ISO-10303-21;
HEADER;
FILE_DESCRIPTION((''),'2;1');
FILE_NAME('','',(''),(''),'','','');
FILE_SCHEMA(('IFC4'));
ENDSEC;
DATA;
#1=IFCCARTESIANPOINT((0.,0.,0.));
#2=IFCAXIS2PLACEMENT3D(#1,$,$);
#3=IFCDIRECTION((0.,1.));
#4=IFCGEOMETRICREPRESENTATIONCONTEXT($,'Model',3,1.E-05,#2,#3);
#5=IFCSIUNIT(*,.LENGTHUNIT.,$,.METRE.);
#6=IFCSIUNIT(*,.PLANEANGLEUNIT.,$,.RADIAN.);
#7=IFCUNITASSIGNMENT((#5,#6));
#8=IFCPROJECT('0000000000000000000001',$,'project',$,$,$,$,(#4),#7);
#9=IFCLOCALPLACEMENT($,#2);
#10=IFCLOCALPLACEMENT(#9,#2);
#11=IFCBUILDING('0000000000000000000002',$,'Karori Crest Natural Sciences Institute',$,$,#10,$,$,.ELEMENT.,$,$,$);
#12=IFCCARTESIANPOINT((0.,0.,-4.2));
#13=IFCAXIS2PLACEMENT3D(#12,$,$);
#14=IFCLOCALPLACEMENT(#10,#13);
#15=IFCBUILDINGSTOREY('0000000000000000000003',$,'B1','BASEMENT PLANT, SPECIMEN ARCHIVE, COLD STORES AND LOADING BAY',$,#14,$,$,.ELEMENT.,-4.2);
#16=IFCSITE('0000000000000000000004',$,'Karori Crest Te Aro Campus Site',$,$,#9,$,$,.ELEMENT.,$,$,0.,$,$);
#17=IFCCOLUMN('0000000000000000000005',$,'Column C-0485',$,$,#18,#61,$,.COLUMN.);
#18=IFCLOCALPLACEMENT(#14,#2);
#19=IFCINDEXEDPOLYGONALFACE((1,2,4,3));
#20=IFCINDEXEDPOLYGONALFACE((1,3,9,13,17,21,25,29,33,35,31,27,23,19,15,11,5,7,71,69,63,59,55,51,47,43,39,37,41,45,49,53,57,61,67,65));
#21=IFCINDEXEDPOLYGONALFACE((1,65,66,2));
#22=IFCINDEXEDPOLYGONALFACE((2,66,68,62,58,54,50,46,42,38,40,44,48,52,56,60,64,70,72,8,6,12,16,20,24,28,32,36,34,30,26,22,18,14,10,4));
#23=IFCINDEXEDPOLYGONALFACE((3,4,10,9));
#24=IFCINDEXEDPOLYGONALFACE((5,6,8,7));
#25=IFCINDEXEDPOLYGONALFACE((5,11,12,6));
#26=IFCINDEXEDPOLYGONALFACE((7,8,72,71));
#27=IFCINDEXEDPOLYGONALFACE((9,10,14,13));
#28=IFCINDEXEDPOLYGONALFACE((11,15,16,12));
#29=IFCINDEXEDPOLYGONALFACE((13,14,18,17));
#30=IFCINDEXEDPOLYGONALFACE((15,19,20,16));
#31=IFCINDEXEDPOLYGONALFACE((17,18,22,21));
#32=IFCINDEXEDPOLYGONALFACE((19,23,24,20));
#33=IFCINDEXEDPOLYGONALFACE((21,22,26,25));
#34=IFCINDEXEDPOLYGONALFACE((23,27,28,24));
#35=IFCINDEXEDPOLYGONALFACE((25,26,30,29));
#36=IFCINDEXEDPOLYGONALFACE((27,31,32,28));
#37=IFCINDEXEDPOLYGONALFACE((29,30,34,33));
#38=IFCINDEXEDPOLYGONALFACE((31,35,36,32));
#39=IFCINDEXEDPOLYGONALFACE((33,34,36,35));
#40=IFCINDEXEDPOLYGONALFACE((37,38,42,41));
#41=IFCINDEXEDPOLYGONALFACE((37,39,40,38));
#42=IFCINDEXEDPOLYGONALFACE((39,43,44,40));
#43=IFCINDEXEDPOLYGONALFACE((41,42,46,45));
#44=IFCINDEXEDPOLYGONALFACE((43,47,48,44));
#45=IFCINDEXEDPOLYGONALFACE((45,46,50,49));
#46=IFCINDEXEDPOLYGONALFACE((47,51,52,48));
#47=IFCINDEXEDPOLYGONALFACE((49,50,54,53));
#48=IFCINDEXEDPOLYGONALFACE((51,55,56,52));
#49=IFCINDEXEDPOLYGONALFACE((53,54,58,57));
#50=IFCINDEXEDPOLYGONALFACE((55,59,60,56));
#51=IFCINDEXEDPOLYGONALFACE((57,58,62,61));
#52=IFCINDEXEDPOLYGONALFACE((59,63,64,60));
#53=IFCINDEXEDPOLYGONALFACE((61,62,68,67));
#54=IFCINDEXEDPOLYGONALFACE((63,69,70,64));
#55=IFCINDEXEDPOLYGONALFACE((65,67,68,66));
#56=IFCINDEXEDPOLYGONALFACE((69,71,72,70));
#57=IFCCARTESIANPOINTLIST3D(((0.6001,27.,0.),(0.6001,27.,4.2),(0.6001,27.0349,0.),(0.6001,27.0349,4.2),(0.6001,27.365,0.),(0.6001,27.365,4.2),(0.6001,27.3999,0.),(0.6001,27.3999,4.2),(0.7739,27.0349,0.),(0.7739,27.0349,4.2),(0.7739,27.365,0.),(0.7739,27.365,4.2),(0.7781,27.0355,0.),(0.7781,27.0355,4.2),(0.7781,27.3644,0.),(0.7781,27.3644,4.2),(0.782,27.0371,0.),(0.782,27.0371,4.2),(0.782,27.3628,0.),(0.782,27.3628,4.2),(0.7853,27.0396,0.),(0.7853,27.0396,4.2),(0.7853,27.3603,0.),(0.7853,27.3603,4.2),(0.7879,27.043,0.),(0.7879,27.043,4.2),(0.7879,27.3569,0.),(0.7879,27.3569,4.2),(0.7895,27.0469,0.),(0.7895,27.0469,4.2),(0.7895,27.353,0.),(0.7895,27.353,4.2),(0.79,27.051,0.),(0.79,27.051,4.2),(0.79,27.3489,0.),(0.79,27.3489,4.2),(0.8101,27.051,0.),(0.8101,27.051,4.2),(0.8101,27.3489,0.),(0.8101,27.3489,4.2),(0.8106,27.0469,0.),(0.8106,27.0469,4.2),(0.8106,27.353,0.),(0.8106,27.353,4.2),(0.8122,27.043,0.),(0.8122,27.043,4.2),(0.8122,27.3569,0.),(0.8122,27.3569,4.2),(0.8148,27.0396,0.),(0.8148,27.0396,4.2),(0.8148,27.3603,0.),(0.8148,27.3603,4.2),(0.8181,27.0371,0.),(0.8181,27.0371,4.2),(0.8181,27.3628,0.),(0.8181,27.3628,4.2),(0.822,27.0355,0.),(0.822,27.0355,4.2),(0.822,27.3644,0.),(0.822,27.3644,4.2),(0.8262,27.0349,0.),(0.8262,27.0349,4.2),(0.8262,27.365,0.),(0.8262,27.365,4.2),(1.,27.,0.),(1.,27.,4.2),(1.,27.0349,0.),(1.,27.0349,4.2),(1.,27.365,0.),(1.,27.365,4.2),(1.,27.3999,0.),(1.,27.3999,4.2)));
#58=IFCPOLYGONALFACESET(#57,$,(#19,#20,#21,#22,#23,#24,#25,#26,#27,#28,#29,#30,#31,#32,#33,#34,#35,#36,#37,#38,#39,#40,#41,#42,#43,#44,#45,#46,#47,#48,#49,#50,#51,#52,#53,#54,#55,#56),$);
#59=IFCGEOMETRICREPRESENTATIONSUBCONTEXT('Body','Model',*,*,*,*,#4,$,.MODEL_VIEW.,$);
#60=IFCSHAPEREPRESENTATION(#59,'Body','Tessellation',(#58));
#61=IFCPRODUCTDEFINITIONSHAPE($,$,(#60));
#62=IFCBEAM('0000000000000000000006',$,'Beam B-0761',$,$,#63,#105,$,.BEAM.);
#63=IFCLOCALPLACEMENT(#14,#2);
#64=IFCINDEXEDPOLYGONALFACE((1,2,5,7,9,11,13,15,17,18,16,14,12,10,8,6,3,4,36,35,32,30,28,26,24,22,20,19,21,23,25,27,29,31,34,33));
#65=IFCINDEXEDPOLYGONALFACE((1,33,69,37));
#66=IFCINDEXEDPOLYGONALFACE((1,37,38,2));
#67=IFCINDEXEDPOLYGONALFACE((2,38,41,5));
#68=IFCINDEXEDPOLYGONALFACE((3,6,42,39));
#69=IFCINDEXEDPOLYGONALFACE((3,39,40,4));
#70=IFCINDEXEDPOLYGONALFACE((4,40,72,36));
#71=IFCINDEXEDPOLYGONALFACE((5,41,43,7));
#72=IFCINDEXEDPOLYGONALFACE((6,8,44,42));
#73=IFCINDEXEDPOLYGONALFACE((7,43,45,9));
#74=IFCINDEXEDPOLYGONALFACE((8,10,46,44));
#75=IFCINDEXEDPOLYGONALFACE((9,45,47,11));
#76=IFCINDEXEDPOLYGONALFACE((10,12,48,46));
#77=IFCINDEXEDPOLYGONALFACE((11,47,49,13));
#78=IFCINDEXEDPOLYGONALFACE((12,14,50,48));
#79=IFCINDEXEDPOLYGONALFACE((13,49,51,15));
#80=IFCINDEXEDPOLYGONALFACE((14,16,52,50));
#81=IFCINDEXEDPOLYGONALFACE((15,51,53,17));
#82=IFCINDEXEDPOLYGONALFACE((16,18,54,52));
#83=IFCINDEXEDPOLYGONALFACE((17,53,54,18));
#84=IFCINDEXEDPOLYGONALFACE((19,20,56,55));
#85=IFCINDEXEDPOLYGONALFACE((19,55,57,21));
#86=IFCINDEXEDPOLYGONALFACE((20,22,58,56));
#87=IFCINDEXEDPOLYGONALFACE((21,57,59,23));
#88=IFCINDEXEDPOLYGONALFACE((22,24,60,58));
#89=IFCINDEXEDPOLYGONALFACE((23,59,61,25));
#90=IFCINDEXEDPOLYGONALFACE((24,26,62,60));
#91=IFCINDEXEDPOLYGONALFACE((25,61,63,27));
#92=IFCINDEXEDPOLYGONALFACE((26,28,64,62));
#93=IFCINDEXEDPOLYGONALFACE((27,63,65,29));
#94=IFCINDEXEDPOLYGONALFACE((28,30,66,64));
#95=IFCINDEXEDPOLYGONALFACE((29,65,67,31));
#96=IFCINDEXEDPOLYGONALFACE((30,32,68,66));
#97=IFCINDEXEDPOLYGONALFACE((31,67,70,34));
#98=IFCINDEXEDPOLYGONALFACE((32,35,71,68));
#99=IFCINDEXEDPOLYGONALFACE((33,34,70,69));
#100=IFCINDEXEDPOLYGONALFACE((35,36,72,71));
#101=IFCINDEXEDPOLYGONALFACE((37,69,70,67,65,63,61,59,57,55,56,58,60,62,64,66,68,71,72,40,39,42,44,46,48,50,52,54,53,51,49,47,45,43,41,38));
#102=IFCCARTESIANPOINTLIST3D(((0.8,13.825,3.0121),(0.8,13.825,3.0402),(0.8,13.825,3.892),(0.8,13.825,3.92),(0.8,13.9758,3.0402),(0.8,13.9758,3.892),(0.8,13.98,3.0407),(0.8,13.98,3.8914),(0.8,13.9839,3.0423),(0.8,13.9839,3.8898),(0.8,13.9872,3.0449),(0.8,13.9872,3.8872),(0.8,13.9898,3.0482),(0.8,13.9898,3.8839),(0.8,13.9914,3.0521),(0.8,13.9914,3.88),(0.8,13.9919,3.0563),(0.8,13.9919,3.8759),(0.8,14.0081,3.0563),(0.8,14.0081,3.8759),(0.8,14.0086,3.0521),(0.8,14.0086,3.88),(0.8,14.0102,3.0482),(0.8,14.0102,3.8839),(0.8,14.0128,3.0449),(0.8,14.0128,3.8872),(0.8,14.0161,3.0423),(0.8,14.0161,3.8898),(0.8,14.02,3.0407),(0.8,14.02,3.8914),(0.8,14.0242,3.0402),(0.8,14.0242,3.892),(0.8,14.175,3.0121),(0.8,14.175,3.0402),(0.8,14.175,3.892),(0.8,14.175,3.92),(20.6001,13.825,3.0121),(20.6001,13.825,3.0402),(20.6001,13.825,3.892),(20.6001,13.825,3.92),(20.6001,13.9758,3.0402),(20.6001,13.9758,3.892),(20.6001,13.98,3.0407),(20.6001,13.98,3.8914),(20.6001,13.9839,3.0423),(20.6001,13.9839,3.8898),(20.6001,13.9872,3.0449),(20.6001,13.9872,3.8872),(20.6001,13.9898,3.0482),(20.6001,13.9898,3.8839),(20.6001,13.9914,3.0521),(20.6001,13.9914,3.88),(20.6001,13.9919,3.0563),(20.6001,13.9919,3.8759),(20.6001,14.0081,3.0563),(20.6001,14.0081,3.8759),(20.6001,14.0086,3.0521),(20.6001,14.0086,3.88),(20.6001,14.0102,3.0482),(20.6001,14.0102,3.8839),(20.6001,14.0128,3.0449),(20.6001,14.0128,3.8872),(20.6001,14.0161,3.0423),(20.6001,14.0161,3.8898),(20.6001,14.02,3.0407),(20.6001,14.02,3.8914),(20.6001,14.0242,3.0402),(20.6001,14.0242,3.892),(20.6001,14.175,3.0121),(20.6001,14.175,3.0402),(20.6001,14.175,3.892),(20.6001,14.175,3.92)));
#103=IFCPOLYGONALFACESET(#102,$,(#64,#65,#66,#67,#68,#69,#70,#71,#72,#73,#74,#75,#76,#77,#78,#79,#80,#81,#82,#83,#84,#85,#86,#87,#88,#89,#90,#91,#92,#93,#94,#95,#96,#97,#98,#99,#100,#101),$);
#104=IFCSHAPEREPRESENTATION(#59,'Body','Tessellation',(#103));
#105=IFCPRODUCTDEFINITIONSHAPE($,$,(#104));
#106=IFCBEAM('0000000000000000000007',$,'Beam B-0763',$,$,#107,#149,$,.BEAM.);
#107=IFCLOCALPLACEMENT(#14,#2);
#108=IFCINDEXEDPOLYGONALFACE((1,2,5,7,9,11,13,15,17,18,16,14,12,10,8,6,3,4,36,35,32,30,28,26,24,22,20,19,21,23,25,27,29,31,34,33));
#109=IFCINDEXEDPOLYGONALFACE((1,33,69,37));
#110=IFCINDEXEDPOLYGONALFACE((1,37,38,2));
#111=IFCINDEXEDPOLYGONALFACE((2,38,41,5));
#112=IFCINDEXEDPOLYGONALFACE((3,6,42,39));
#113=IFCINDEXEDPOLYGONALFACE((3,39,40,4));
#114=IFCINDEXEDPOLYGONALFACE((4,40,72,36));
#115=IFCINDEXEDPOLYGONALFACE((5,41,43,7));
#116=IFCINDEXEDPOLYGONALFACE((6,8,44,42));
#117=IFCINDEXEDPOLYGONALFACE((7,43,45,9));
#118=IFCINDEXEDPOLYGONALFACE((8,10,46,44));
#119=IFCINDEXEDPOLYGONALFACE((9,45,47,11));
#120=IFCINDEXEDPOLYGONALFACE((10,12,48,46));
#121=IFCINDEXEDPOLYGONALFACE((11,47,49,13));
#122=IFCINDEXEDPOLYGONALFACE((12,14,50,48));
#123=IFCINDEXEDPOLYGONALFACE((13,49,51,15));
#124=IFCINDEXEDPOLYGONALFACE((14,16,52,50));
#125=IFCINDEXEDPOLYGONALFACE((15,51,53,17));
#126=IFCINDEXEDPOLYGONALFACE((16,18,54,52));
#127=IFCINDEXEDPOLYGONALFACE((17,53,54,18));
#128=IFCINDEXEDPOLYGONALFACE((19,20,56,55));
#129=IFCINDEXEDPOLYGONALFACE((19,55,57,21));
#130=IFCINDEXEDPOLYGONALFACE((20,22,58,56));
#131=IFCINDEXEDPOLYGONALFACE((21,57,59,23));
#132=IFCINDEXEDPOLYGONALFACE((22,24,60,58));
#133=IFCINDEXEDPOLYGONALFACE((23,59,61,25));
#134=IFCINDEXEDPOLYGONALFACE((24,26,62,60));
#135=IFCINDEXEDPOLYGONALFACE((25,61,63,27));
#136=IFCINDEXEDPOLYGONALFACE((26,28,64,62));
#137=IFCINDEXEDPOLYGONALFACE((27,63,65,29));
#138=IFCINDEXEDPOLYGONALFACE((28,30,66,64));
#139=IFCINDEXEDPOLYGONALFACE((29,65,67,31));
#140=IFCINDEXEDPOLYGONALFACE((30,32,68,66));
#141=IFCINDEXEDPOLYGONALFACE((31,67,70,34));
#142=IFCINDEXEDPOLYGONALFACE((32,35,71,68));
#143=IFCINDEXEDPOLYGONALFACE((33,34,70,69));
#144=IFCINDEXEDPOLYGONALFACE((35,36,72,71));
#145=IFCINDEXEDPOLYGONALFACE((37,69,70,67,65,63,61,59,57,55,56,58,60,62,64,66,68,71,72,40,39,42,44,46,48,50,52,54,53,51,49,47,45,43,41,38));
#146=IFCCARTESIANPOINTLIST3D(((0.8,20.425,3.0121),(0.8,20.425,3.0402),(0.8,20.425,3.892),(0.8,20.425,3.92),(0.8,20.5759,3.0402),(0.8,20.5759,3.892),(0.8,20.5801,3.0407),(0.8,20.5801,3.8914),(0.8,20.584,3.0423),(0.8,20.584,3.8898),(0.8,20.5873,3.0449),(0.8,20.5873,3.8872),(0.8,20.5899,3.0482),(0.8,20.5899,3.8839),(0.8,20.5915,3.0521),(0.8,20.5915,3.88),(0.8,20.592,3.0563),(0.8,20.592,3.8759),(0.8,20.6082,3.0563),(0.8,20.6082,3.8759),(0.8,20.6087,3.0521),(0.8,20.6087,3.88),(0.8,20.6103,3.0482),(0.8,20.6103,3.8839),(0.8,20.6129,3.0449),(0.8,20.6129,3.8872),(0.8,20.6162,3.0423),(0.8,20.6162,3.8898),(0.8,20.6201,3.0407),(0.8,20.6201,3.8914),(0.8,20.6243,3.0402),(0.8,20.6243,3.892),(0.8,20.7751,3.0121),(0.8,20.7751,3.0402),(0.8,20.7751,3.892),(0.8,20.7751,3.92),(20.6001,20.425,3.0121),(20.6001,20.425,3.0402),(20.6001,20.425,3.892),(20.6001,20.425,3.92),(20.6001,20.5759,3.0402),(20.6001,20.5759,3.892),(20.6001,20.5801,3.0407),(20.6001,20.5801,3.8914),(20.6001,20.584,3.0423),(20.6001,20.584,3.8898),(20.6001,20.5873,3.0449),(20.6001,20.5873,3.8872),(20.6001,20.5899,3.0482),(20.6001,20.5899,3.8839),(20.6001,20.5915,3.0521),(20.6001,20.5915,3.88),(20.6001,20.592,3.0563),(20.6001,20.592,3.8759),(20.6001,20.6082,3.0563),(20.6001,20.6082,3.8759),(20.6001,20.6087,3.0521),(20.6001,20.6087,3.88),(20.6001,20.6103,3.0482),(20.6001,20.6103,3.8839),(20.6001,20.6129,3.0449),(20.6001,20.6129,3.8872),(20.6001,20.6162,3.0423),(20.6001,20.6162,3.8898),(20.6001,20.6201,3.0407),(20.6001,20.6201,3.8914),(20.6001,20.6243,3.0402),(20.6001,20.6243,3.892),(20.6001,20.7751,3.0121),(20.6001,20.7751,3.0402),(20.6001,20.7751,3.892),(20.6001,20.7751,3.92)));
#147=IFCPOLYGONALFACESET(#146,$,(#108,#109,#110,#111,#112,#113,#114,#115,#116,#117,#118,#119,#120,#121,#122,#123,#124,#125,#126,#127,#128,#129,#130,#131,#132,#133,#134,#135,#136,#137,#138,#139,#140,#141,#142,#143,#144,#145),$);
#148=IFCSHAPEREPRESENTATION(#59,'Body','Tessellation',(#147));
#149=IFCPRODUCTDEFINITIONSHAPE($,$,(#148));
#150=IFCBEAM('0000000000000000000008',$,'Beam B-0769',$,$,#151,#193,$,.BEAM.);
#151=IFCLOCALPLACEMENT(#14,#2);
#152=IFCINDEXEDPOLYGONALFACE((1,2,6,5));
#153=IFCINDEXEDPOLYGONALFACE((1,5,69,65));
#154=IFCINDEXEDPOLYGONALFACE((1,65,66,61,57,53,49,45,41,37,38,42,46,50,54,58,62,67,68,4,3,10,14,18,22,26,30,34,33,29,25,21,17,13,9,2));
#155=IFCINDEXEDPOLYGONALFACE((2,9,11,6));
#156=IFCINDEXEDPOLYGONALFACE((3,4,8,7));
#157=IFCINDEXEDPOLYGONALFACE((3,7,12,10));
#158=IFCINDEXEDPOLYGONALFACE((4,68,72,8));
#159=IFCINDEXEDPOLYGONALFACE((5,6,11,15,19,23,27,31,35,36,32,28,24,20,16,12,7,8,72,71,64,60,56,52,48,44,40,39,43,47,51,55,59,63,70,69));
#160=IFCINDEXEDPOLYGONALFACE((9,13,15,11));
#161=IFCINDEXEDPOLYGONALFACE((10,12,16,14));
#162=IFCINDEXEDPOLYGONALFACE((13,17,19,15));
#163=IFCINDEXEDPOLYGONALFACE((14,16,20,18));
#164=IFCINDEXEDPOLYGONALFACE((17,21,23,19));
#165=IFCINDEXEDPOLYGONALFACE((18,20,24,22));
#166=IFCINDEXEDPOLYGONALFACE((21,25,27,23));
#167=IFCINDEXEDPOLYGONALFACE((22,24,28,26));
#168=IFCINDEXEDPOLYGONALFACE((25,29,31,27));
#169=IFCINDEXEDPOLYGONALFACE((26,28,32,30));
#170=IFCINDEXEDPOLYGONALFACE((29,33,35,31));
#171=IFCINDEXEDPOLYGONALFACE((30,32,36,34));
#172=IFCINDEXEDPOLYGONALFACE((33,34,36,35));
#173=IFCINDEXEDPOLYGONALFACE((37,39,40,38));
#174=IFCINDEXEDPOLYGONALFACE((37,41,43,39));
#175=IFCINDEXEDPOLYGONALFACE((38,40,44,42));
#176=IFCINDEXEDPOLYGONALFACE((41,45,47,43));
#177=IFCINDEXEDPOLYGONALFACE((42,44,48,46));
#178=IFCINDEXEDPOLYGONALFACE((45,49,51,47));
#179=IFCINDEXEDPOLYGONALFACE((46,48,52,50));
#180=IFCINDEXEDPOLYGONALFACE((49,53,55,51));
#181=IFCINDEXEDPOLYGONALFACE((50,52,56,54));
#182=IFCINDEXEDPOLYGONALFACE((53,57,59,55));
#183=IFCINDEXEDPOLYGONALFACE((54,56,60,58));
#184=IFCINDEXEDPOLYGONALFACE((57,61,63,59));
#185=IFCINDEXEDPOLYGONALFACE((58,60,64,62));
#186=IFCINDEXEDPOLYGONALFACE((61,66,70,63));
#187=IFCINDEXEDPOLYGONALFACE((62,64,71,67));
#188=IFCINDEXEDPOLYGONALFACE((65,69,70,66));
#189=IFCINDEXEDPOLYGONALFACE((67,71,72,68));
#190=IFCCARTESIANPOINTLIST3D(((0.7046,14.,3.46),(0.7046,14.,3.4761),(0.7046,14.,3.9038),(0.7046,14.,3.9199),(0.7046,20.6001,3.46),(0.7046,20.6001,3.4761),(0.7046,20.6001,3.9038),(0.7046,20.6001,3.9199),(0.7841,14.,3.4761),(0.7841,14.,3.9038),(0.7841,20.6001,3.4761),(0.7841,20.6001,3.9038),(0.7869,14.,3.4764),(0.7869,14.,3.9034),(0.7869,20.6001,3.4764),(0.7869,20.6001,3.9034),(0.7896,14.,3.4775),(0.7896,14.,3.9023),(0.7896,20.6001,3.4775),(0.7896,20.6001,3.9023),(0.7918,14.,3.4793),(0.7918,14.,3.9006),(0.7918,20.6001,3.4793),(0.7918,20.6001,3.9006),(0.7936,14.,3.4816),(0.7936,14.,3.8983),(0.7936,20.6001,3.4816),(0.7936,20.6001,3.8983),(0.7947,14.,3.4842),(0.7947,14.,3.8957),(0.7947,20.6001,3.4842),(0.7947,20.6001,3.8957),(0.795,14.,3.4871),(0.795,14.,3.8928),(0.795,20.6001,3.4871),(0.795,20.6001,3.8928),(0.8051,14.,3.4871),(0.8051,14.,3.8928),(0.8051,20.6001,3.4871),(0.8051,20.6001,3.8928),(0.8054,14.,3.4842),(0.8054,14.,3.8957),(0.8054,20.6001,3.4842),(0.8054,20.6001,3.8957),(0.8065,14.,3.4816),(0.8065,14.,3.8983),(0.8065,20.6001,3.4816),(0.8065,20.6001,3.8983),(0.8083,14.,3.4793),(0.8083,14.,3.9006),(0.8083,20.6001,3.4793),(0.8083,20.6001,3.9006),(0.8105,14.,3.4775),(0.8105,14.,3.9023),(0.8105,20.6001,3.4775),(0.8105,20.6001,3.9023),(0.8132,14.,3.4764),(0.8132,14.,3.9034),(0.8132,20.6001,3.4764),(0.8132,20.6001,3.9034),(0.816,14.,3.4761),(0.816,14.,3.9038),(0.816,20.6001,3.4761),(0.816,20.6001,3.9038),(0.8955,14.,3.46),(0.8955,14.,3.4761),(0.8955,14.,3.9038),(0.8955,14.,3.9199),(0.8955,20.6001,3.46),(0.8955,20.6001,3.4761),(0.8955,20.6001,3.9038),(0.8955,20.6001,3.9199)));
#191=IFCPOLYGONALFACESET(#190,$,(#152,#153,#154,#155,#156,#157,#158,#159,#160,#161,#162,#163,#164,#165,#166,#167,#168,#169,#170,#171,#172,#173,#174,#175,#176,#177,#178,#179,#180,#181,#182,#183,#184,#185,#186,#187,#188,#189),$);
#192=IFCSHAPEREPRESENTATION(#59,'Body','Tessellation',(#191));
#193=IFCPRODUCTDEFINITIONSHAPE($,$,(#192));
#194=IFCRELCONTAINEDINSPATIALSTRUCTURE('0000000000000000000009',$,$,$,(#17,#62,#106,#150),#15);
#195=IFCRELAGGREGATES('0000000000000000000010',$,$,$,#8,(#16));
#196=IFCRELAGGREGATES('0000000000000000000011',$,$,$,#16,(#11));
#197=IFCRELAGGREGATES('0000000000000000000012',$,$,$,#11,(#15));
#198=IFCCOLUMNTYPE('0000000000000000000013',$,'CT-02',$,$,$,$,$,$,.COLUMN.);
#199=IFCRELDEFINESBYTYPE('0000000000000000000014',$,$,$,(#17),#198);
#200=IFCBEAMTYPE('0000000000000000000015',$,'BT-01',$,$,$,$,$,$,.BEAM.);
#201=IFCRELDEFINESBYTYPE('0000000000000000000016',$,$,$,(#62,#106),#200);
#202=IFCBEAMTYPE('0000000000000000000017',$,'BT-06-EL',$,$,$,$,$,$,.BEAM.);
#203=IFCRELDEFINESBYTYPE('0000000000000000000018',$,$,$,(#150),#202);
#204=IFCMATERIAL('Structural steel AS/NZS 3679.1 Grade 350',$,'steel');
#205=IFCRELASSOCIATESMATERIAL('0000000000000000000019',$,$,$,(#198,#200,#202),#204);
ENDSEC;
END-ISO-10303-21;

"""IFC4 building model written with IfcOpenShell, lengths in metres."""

from ifc_helpers import new_model, si_unit, direction, frame, origin, origin_2d, place, context, subcontext, project, spatial, i_section, extrude, material, material_profile, profile_set, type_object, element, save


model = new_model("IFC4")

# Units and contexts
model_context = context("Model", 3, precision=1e-05, world=origin(), true_north=direction((0.0, 1.0)))
body_context = subcontext(model_context, "Body", "Model", "MODEL_VIEW")
ifc_project = project(units=[si_unit("LENGTHUNIT", "METRE"), si_unit("PLANEANGLEUNIT", "RADIAN")], contexts=[model_context])

# Site, building, storey
site_placement = place(None, origin())
site = spatial("IfcSite", under=ifc_project, at=site_placement, Name="Karori Crest Te Aro Campus Site", CompositionType="ELEMENT", RefElevation=0.0)
building_placement = place(site_placement, origin())
building = spatial("IfcBuilding", under=site, at=building_placement, Name="Karori Crest Natural Sciences Institute", CompositionType="ELEMENT")
storey_placement = place(building_placement, frame((0.0, 0.0, -4.2)))
storey = spatial("IfcBuildingStorey", under=building, at=storey_placement, Name="B1", Description="BASEMENT PLANT, SPECIMEN ARCHIVE, COLD STORES AND LOADING BAY", CompositionType="ELEMENT", Elevation=-4.2)

# Column
ifc_material_1 = material(Name="Structural steel AS/NZS 3679.1 Grade 350", Category="steel")
ifc_material_profile_1 = material_profile(ifc_material_1, i_section(OverallWidth=0.3999, OverallDepth=0.3999, WebThickness=0.02, FlangeThickness=0.0349, FilletRadius=0.0161, at=origin_2d()), Name="400WC328")
ifc_profile_set_1 = profile_set([ifc_material_profile_1], Name="Structural steel AS/NZS 3679.1 Grade 350")
column_type = type_object("IfcColumnType", Name="CT-02", PredefinedType="COLUMN", material=ifc_profile_set_1)
for number, where, z_axis, x_axis, name in (
    (1, (0.8, 27.2, 0.0), (0.0, 0.0, 1.0), (1.0, 0.0, 0.0), "Column C-0485"),
):
    element("IfcColumn", number, at=place(storey_placement, frame(where, z_axis=z_axis, x_axis=x_axis)), inside=storey, type_object=column_type, Name=name, PredefinedType="COLUMN", context=body_context, shape_type="SweptSolid", body=[
        extrude(i_section(OverallWidth=0.3999, OverallDepth=0.3999, WebThickness=0.02, FlangeThickness=0.0349, FilletRadius=0.0161, at=origin_2d()), origin(), (0.0, 0.0, 1.0), 4.2),
    ])

# Beams
ifc_material_profile_2 = material_profile(ifc_material_1, i_section(OverallWidth=0.3501, OverallDepth=0.908, WebThickness=0.0161, FlangeThickness=0.0281, FilletRadius=0.0161, at=origin_2d()), Name="900WB257")
ifc_profile_set_2 = profile_set([ifc_material_profile_2], Name="Structural steel AS/NZS 3679.1 Grade 350")
beam_type_1 = type_object("IfcBeamType", Name="BT-01", PredefinedType="BEAM", material=ifc_profile_set_2)
for number, where, z_axis, x_axis, name in (
    (2, (0.8, 14.0, 3.4661), (1.0, 0.0, 0.0), (0.0, 1.0, 0.0), "Beam B-0761"),
    (3, (0.8, 20.6001, 3.4661), (1.0, 0.0, 0.0), (0.0, 1.0, 0.0), "Beam B-0763"),
):
    element("IfcBeam", number, at=place(storey_placement, frame(where, z_axis=z_axis, x_axis=x_axis)), inside=storey, type_object=beam_type_1, Name=name, PredefinedType="BEAM", context=body_context, shape_type="SweptSolid", body=[
        extrude(i_section(OverallWidth=0.3501, OverallDepth=0.908, WebThickness=0.0161, FlangeThickness=0.0281, FilletRadius=0.0161, at=origin_2d()), origin(), (0.0, 0.0, 1.0), 19.8),
    ])
ifc_material_profile_3 = material_profile(ifc_material_1, i_section(OverallWidth=0.1909, OverallDepth=0.46, WebThickness=0.01, FlangeThickness=0.0161, FilletRadius=0.011, at=origin_2d()), Name="460UB82.1")
ifc_profile_set_3 = profile_set([ifc_material_profile_3], Name="Structural steel AS/NZS 3679.1 Grade 350")
beam_type_2 = type_object("IfcBeamType", Name="BT-06-EL", PredefinedType="BEAM", material=ifc_profile_set_3)
beam_1_placement = place(storey_placement, frame((0.8, 14.0, 3.6899), z_axis=(0.0, 1.0, 0.0), x_axis=(-1.0, 0.0, 0.0)))
element("IfcBeam", 4, at=beam_1_placement, inside=storey, type_object=beam_type_2, Name="Beam B-0769", PredefinedType="BEAM", context=body_context, shape_type="SweptSolid", body=[
    extrude(i_section(OverallWidth=0.1909, OverallDepth=0.46, WebThickness=0.01, FlangeThickness=0.0161, FilletRadius=0.011, at=origin_2d()), origin(), (0.0, 0.0, 1.0), 6.6001),
])

save(model, "model.ifc")
